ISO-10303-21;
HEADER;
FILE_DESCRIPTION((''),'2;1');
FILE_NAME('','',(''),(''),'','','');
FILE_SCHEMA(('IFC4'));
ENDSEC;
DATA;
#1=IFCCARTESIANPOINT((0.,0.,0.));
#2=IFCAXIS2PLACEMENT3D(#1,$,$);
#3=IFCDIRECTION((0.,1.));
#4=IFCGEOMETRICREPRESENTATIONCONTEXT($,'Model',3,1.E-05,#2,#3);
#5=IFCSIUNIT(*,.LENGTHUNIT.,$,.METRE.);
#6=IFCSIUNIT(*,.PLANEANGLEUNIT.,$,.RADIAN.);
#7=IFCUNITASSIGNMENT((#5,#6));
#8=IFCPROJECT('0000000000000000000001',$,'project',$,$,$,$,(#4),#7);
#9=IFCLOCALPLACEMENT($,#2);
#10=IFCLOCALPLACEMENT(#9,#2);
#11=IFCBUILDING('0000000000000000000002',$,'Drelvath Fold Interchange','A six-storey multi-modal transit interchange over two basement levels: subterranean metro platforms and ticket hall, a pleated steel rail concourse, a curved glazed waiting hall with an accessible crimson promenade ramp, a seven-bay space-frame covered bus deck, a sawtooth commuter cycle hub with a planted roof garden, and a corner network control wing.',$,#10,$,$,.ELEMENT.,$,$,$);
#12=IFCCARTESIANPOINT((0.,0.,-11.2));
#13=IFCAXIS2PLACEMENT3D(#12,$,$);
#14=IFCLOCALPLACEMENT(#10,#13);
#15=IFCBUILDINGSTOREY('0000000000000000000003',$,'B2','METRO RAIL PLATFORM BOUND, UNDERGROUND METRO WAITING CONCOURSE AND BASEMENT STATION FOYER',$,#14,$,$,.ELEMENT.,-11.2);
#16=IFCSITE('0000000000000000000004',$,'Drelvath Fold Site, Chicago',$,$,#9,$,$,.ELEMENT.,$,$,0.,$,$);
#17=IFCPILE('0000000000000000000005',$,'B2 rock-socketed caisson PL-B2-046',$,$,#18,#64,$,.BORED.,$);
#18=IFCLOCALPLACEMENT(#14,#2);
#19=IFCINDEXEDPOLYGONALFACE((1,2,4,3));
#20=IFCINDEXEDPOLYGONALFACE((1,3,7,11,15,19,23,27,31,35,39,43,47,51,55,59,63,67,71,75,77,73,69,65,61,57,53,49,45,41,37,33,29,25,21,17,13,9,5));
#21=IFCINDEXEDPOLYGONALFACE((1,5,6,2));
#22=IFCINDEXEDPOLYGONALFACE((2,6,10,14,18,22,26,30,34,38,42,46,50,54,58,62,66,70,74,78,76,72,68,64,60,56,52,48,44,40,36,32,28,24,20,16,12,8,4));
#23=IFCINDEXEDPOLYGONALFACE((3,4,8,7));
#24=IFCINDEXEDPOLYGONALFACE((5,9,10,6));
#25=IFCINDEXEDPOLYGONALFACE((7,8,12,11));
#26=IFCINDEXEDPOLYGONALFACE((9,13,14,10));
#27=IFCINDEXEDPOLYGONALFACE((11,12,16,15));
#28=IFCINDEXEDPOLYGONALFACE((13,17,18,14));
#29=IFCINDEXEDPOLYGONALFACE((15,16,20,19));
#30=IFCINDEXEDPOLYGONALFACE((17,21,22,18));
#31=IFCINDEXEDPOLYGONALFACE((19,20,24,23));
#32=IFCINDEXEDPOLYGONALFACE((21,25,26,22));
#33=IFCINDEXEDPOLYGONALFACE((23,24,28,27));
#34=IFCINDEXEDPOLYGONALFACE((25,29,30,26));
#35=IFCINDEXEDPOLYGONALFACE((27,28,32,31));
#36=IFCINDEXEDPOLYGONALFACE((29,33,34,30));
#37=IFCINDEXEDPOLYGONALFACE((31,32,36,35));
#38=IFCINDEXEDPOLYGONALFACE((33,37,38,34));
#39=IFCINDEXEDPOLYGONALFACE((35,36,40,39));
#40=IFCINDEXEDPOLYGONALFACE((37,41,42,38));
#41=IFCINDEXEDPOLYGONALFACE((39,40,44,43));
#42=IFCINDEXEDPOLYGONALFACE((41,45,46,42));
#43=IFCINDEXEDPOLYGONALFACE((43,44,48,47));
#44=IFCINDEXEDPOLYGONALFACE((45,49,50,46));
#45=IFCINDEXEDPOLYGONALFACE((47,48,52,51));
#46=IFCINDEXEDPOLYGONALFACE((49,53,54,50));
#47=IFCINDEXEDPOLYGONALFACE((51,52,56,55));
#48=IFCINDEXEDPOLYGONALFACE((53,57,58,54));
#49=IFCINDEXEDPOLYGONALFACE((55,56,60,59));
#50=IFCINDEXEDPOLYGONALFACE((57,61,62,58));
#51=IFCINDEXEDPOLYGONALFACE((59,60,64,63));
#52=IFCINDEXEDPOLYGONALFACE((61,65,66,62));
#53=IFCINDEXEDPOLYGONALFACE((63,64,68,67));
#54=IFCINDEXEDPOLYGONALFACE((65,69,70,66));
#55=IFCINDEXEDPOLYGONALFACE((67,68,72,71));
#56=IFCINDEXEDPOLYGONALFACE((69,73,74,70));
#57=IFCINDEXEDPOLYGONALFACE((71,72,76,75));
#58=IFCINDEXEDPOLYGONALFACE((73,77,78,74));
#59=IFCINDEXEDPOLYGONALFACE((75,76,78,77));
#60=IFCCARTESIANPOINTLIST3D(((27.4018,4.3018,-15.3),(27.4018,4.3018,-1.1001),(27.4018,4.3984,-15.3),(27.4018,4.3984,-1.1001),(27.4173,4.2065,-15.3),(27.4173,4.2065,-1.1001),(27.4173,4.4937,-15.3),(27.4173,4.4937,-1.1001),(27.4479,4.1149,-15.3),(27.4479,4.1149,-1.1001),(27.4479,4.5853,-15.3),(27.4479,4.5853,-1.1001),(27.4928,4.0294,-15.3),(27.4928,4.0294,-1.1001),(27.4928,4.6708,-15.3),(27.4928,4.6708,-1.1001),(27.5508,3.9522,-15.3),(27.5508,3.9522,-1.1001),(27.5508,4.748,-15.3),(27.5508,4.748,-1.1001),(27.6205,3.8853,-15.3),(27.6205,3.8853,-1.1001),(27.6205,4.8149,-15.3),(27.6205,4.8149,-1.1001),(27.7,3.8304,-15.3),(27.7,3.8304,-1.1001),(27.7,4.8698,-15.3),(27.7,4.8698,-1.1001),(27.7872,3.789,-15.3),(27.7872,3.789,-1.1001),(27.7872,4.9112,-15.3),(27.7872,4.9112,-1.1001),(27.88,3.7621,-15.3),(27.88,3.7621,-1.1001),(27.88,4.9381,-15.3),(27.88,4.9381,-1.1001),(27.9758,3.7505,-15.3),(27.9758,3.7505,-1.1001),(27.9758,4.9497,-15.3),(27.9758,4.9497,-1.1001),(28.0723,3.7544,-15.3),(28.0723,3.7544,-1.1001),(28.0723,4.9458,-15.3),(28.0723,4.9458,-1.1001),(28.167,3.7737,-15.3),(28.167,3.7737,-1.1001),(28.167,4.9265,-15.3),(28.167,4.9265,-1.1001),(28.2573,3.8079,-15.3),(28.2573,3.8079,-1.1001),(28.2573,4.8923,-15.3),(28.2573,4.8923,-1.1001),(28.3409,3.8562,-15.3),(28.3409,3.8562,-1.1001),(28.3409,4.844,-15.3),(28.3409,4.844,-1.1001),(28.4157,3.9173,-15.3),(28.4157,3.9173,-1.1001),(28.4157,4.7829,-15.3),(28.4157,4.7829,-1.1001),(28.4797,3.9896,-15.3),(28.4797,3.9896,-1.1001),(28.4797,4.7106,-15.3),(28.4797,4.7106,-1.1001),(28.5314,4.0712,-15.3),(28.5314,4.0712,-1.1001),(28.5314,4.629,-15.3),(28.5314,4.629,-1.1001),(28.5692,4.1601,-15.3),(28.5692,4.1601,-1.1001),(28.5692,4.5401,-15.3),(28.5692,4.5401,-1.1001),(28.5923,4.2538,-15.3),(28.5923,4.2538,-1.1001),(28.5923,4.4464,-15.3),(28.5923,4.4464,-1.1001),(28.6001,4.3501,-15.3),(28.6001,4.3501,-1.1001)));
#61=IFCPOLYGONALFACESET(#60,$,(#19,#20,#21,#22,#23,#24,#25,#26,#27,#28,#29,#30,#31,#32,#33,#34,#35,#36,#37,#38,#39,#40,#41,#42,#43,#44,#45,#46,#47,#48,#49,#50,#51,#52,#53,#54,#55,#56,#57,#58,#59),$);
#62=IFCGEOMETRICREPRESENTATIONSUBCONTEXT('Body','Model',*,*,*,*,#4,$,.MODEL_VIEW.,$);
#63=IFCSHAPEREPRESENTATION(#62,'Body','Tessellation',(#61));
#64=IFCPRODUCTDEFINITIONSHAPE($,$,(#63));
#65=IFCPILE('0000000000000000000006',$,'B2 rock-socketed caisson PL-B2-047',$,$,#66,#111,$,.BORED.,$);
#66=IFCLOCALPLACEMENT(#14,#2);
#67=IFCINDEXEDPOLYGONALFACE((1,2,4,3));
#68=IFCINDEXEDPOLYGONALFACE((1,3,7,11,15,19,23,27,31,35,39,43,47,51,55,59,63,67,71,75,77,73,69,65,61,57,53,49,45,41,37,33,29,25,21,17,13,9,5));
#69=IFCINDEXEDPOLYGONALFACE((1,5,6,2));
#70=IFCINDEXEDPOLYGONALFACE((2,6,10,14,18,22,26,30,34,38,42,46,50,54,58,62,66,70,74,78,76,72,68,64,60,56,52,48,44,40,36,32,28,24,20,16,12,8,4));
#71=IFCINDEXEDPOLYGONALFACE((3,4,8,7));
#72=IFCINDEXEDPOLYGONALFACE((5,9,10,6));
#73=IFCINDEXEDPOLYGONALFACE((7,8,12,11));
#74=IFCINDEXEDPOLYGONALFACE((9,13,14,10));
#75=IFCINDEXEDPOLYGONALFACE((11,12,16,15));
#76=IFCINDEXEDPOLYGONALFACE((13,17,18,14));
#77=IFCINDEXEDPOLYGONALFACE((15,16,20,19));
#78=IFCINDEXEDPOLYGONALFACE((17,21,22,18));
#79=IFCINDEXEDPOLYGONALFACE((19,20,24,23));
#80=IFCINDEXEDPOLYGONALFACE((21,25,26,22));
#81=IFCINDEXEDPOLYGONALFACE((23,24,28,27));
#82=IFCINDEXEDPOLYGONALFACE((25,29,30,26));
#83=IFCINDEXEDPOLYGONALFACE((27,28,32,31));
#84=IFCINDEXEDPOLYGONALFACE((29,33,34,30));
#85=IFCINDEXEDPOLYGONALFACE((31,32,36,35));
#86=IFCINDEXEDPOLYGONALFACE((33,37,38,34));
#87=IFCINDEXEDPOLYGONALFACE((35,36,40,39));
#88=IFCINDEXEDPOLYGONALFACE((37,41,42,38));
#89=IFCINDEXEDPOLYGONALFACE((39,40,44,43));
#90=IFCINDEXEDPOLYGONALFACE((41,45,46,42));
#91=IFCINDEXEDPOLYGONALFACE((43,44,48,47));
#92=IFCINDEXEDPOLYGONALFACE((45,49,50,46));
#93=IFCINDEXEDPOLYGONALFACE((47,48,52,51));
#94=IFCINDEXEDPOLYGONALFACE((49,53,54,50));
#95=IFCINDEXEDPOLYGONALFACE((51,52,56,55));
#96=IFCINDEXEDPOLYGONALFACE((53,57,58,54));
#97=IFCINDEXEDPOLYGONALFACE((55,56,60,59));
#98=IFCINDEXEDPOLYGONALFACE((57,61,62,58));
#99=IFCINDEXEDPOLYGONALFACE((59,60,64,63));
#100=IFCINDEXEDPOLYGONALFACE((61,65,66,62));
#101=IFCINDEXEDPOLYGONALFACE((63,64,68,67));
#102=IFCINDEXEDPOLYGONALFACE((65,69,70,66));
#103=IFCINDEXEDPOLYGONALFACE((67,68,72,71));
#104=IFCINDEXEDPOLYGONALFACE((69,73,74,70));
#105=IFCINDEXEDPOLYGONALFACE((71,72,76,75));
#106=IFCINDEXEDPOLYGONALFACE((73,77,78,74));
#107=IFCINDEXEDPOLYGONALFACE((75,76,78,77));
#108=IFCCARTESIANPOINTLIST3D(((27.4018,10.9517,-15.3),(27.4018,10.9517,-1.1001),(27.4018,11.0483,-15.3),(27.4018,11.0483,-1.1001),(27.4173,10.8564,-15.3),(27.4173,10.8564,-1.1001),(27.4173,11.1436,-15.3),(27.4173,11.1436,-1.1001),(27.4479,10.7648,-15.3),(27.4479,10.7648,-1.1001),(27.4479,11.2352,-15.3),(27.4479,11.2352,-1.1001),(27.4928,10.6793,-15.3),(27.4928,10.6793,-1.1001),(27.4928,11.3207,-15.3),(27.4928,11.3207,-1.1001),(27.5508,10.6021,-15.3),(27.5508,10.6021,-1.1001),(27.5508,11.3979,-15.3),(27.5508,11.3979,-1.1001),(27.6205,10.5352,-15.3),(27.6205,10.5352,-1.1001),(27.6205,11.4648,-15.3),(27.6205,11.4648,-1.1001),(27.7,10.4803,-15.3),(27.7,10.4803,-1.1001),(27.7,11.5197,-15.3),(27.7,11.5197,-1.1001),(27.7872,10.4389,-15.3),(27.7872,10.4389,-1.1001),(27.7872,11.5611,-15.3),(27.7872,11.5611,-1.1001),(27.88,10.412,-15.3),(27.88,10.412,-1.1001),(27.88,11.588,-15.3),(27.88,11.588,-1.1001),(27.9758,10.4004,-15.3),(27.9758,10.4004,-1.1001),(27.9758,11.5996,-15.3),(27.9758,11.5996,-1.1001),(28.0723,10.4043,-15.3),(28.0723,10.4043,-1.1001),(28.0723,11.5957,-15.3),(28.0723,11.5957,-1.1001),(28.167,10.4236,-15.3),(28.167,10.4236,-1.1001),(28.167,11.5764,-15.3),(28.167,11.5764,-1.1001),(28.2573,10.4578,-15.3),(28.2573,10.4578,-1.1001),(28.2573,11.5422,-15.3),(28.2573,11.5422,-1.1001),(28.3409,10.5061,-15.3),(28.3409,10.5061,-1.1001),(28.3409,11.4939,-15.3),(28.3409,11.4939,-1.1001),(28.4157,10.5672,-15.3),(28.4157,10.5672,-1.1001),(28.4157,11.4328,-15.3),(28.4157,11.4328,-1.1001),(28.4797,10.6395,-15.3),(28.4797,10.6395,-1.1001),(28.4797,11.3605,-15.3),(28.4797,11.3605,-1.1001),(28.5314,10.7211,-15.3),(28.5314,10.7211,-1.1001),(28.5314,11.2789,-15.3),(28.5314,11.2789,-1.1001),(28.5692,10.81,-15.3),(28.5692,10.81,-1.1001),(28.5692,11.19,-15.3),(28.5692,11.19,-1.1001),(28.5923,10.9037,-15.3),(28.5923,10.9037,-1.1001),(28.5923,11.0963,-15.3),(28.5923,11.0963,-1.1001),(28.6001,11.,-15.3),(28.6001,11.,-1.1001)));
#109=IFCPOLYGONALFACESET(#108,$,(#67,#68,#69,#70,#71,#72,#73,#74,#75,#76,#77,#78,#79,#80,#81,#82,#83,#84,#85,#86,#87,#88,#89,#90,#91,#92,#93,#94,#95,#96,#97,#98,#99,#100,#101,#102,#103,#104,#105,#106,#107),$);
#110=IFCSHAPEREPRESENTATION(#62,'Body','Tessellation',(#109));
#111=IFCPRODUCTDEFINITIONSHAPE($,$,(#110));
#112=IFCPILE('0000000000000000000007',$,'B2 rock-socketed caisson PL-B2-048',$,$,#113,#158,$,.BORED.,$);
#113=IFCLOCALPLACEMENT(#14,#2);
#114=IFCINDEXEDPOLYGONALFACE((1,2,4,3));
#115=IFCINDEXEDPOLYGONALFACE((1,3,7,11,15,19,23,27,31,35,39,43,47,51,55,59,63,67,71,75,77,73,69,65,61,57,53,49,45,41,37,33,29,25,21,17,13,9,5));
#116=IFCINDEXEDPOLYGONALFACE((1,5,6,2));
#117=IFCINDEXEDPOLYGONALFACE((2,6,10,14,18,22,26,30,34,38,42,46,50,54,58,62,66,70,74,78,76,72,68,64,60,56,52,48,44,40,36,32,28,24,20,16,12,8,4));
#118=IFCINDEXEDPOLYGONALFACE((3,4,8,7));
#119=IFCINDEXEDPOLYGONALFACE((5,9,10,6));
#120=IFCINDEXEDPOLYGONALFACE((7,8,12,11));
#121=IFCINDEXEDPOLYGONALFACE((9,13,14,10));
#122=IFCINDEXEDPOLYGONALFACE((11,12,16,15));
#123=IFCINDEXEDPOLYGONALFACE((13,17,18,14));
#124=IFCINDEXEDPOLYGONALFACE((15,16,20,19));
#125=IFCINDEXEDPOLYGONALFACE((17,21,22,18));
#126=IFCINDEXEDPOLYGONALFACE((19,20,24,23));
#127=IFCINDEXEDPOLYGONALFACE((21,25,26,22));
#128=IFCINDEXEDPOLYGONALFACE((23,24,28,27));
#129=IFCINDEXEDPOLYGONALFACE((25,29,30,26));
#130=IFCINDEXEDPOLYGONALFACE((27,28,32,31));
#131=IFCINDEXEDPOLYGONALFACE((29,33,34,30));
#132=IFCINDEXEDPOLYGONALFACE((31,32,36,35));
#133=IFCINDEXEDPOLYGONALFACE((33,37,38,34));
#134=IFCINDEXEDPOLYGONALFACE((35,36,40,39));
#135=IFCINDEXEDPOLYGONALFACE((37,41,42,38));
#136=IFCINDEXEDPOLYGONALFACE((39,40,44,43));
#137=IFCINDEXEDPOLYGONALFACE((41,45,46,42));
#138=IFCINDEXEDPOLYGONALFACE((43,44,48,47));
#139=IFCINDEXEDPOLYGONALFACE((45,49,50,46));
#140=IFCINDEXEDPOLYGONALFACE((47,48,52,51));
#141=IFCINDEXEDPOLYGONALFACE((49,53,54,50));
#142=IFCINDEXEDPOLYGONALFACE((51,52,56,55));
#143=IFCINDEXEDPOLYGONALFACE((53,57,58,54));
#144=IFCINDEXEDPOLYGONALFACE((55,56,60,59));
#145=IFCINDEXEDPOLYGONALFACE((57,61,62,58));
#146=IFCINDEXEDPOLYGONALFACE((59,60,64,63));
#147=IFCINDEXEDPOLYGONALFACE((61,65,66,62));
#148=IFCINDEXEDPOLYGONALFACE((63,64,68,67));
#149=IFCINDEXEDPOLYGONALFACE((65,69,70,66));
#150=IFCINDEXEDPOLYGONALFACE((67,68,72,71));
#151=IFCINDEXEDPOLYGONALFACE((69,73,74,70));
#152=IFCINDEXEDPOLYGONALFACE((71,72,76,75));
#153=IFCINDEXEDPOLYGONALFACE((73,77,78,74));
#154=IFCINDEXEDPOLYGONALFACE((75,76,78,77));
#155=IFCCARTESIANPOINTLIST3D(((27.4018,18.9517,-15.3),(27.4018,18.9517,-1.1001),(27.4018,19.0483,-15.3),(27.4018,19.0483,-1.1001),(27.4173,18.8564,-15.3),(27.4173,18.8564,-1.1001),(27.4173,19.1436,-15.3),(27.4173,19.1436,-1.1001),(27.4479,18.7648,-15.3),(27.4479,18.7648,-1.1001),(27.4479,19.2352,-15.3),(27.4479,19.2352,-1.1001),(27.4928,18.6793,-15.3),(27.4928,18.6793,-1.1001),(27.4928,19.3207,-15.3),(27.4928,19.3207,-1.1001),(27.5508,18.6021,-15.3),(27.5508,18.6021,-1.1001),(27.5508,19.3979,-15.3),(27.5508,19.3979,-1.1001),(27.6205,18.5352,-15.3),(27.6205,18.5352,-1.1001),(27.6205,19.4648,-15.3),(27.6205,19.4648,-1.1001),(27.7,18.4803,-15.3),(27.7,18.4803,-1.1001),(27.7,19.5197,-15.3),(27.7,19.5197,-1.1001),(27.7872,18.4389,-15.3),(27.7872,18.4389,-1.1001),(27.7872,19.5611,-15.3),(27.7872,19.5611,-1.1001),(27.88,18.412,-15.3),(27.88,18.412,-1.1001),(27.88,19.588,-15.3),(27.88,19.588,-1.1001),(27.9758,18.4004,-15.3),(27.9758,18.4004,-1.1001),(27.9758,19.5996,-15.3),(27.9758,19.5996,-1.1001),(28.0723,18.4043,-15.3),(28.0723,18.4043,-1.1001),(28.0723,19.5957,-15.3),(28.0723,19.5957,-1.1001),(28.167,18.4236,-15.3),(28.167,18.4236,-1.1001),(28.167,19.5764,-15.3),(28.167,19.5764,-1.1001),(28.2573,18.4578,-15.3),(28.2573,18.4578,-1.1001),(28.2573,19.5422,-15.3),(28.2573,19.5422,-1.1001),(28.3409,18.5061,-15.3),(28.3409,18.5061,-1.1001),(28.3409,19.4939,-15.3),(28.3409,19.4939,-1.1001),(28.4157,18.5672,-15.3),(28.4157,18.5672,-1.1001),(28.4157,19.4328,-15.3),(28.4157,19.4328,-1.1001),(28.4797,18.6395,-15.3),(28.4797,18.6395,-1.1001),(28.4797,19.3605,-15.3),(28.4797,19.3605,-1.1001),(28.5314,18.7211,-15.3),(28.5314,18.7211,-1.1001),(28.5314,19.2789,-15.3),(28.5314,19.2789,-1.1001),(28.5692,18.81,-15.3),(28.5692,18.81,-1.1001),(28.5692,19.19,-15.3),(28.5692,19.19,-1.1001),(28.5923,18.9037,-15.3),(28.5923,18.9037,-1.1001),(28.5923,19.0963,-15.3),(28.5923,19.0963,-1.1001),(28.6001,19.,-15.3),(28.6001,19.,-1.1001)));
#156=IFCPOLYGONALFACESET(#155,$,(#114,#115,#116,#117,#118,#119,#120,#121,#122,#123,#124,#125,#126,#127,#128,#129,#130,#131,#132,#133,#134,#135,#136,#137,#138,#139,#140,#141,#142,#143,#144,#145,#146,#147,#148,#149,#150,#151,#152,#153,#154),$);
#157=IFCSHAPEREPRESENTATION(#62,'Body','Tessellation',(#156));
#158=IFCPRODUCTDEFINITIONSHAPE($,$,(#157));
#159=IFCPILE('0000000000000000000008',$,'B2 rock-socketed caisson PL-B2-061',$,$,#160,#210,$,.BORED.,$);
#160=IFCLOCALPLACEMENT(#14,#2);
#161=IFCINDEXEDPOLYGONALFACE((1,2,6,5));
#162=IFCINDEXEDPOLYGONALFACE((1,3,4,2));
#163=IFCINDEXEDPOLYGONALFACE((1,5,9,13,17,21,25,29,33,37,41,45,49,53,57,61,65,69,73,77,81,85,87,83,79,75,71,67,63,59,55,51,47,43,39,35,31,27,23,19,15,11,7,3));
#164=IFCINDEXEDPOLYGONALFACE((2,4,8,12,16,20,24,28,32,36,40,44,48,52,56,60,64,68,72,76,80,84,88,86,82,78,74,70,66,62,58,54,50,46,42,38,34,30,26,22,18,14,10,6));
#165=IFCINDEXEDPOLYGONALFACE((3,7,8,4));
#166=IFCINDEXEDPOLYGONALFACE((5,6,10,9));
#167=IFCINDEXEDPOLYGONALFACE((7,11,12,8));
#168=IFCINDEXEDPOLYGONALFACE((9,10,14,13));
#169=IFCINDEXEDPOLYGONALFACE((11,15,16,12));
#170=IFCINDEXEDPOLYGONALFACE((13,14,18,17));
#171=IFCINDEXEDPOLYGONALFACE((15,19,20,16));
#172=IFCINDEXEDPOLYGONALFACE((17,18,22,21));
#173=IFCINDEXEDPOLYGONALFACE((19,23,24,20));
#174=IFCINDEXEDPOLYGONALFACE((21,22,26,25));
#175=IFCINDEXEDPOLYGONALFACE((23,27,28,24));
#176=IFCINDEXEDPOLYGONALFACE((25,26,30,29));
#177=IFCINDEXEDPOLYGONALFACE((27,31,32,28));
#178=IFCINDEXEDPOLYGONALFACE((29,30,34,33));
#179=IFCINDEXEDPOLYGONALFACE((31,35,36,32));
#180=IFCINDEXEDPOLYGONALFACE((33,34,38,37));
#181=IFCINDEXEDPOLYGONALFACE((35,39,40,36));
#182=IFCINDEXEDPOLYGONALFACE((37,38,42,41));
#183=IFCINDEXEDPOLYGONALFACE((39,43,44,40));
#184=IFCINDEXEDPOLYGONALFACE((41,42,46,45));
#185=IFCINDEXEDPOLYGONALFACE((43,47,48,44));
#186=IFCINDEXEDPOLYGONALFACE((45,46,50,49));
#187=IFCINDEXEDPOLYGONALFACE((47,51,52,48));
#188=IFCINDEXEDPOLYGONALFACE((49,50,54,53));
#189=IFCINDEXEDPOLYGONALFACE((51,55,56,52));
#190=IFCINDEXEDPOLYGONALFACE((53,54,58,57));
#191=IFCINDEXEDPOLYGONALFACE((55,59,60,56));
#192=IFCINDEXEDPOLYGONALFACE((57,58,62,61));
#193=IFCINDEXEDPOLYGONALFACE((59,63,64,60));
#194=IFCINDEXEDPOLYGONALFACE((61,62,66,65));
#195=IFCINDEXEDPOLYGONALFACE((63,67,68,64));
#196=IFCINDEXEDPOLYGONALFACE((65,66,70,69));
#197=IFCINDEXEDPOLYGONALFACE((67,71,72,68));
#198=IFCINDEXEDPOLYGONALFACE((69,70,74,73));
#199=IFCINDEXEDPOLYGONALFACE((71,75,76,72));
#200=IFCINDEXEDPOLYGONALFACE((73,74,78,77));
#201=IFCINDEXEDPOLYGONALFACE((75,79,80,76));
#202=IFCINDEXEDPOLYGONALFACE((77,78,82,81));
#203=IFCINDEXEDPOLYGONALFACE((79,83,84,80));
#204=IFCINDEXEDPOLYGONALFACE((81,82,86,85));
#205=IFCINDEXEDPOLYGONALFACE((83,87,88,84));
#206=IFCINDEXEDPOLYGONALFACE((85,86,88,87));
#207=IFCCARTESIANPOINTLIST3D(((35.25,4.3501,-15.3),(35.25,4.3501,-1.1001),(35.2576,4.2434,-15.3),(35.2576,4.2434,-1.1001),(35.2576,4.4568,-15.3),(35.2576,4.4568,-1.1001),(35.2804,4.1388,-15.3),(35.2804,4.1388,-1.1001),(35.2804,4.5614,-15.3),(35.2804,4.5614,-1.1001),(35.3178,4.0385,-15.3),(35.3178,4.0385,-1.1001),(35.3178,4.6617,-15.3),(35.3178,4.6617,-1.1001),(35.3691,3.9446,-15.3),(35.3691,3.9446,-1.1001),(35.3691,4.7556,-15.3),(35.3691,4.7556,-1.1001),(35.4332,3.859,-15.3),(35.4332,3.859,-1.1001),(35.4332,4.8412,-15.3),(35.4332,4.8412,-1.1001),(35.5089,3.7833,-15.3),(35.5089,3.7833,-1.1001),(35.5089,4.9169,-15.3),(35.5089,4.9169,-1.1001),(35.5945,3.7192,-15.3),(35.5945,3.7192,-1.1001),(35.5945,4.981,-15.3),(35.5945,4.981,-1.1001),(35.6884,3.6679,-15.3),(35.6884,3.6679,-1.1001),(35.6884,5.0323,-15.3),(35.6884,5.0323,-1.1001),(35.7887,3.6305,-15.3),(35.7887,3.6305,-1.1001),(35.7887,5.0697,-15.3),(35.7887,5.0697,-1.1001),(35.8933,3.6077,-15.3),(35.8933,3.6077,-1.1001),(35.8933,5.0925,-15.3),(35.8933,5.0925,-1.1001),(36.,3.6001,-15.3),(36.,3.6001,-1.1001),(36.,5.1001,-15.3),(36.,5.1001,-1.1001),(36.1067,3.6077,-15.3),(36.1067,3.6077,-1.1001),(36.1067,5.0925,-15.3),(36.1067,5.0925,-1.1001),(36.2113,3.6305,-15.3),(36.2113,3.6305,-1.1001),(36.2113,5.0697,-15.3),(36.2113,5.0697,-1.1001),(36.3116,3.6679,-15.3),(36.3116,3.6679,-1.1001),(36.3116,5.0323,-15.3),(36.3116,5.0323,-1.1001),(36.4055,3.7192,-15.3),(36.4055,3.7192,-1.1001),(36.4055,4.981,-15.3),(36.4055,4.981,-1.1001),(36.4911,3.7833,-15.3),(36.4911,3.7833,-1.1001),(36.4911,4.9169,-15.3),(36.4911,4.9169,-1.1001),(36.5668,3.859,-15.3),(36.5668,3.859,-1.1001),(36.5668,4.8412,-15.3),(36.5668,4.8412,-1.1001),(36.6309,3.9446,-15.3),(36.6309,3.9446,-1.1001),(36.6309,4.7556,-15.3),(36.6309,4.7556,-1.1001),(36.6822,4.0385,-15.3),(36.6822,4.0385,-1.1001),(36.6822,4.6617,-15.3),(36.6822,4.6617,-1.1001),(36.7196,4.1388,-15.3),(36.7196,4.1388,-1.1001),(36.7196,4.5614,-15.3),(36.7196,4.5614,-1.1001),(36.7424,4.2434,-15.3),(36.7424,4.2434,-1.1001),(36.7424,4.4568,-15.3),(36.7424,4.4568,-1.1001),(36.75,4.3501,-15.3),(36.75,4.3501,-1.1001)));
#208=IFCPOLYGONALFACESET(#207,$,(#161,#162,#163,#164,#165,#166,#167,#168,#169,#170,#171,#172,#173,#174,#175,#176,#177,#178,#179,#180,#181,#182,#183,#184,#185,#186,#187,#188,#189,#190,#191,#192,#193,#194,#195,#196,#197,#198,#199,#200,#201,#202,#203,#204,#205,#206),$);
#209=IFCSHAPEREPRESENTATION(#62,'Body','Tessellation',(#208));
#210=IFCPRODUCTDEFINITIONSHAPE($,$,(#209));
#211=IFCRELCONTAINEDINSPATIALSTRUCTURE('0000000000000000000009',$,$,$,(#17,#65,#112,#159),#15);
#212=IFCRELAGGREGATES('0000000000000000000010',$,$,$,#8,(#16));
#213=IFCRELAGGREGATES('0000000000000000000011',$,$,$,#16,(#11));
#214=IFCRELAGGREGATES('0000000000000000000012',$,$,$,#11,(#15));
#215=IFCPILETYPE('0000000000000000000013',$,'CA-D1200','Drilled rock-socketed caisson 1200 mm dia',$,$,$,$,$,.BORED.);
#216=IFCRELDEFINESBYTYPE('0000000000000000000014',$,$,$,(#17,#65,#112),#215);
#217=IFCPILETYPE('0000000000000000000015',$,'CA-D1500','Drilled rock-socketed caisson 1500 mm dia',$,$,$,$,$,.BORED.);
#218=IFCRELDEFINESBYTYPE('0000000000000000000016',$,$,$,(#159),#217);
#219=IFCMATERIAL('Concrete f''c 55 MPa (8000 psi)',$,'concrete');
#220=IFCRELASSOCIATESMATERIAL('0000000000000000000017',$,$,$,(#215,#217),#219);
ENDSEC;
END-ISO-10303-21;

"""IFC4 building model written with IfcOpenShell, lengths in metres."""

from ifc_helpers import new_model, si_unit, direction, frame, origin, origin_2d, place, context, subcontext, project, spatial, circle, extrude, material, material_profile, profile_set, type_object, element, save


model = new_model("IFC4")

# Units and contexts
model_context = context("Model", 3, precision=1e-05, world=origin(), true_north=direction((0.0, 1.0)))
body_context = subcontext(model_context, "Body", "Model", "MODEL_VIEW")
ifc_project = project(units=[si_unit("LENGTHUNIT", "METRE"), si_unit("PLANEANGLEUNIT", "RADIAN")], contexts=[model_context])

# Site, building, storey
site_placement = place(None, origin())
site = spatial("IfcSite", under=ifc_project, at=site_placement, Name="Drelvath Fold Site, Chicago", CompositionType="ELEMENT", RefElevation=0.0)
building_placement = place(site_placement, origin())
building = spatial("IfcBuilding", under=site, at=building_placement, Name="Drelvath Fold Interchange", Description="A six-storey multi-modal transit interchange over two basement levels: subterranean metro platforms and ticket hall, a pleated steel rail concourse, a curved glazed waiting hall with an accessible crimson promenade ramp, a seven-bay space-frame covered bus deck, a sawtooth commuter cycle hub with a planted roof garden, and a corner network control wing.", CompositionType="ELEMENT")
storey_placement = place(building_placement, frame((0.0, 0.0, -11.2)))
storey = spatial("IfcBuildingStorey", under=building, at=storey_placement, Name="B2", Description="METRO RAIL PLATFORM BOUND, UNDERGROUND METRO WAITING CONCOURSE AND BASEMENT STATION FOYER", CompositionType="ELEMENT", Elevation=-11.2)

# Piles
ifc_material_1 = material(Name="Concrete f'c 55 MPa (8000 psi)", Category="concrete")
ifc_material_profile_1 = material_profile(ifc_material_1, circle(Radius=0.6001, at=origin_2d()), Name="CAISSON D1200")
ifc_profile_set_1 = profile_set([ifc_material_profile_1], Name="Concrete f'c 55 MPa (8000 psi)")
pile_type_1 = type_object("IfcPileType", Name="CA-D1200", Description="Drilled rock-socketed caisson 1200 mm dia", PredefinedType="BORED", material=ifc_profile_set_1)
for number, where, z_axis, x_axis, name in (
    (1, (28.0, 4.3501, -1.1001), (0.0, 0.0, -1.0), (1.0, 0.0, 0.0), "B2 rock-socketed caisson PL-B2-046"),
    (2, (28.0, 11.0, -1.1001), (0.0, 0.0, -1.0), (1.0, 0.0, 0.0), "B2 rock-socketed caisson PL-B2-047"),
    (3, (28.0, 19.0, -1.1001), (0.0, 0.0, -1.0), (1.0, 0.0, 0.0), "B2 rock-socketed caisson PL-B2-048"),
):
    element("IfcPile", number, at=place(storey_placement, frame(where, z_axis=z_axis, x_axis=x_axis)), inside=storey, type_object=pile_type_1, Name=name, PredefinedType="BORED", context=body_context, shape_type="SweptSolid", body=[
        extrude(circle(Radius=0.6001, at=origin_2d()), origin(), (0.0, 0.0, 1.0), 14.2),
    ])
ifc_material_profile_2 = material_profile(ifc_material_1, circle(Radius=0.75, at=origin_2d()), Name="CAISSON D1500")
ifc_profile_set_2 = profile_set([ifc_material_profile_2], Name="Concrete f'c 55 MPa (8000 psi)")
pile_type_2 = type_object("IfcPileType", Name="CA-D1500", Description="Drilled rock-socketed caisson 1500 mm dia", PredefinedType="BORED", material=ifc_profile_set_2)
for number, where, z_axis, x_axis, name in (
    (4, (36.0, 4.3501, -1.1001), (0.0, 0.0, -1.0), (1.0, 0.0, 0.0), "B2 rock-socketed caisson PL-B2-061"),
):
    element("IfcPile", number, at=place(storey_placement, frame(where, z_axis=z_axis, x_axis=x_axis)), inside=storey, type_object=pile_type_2, Name=name, PredefinedType="BORED", context=body_context, shape_type="SweptSolid", body=[
        extrude(circle(Radius=0.75, at=origin_2d()), origin(), (0.0, 0.0, 1.0), 14.2),
    ])

save(model, "model.ifc")
